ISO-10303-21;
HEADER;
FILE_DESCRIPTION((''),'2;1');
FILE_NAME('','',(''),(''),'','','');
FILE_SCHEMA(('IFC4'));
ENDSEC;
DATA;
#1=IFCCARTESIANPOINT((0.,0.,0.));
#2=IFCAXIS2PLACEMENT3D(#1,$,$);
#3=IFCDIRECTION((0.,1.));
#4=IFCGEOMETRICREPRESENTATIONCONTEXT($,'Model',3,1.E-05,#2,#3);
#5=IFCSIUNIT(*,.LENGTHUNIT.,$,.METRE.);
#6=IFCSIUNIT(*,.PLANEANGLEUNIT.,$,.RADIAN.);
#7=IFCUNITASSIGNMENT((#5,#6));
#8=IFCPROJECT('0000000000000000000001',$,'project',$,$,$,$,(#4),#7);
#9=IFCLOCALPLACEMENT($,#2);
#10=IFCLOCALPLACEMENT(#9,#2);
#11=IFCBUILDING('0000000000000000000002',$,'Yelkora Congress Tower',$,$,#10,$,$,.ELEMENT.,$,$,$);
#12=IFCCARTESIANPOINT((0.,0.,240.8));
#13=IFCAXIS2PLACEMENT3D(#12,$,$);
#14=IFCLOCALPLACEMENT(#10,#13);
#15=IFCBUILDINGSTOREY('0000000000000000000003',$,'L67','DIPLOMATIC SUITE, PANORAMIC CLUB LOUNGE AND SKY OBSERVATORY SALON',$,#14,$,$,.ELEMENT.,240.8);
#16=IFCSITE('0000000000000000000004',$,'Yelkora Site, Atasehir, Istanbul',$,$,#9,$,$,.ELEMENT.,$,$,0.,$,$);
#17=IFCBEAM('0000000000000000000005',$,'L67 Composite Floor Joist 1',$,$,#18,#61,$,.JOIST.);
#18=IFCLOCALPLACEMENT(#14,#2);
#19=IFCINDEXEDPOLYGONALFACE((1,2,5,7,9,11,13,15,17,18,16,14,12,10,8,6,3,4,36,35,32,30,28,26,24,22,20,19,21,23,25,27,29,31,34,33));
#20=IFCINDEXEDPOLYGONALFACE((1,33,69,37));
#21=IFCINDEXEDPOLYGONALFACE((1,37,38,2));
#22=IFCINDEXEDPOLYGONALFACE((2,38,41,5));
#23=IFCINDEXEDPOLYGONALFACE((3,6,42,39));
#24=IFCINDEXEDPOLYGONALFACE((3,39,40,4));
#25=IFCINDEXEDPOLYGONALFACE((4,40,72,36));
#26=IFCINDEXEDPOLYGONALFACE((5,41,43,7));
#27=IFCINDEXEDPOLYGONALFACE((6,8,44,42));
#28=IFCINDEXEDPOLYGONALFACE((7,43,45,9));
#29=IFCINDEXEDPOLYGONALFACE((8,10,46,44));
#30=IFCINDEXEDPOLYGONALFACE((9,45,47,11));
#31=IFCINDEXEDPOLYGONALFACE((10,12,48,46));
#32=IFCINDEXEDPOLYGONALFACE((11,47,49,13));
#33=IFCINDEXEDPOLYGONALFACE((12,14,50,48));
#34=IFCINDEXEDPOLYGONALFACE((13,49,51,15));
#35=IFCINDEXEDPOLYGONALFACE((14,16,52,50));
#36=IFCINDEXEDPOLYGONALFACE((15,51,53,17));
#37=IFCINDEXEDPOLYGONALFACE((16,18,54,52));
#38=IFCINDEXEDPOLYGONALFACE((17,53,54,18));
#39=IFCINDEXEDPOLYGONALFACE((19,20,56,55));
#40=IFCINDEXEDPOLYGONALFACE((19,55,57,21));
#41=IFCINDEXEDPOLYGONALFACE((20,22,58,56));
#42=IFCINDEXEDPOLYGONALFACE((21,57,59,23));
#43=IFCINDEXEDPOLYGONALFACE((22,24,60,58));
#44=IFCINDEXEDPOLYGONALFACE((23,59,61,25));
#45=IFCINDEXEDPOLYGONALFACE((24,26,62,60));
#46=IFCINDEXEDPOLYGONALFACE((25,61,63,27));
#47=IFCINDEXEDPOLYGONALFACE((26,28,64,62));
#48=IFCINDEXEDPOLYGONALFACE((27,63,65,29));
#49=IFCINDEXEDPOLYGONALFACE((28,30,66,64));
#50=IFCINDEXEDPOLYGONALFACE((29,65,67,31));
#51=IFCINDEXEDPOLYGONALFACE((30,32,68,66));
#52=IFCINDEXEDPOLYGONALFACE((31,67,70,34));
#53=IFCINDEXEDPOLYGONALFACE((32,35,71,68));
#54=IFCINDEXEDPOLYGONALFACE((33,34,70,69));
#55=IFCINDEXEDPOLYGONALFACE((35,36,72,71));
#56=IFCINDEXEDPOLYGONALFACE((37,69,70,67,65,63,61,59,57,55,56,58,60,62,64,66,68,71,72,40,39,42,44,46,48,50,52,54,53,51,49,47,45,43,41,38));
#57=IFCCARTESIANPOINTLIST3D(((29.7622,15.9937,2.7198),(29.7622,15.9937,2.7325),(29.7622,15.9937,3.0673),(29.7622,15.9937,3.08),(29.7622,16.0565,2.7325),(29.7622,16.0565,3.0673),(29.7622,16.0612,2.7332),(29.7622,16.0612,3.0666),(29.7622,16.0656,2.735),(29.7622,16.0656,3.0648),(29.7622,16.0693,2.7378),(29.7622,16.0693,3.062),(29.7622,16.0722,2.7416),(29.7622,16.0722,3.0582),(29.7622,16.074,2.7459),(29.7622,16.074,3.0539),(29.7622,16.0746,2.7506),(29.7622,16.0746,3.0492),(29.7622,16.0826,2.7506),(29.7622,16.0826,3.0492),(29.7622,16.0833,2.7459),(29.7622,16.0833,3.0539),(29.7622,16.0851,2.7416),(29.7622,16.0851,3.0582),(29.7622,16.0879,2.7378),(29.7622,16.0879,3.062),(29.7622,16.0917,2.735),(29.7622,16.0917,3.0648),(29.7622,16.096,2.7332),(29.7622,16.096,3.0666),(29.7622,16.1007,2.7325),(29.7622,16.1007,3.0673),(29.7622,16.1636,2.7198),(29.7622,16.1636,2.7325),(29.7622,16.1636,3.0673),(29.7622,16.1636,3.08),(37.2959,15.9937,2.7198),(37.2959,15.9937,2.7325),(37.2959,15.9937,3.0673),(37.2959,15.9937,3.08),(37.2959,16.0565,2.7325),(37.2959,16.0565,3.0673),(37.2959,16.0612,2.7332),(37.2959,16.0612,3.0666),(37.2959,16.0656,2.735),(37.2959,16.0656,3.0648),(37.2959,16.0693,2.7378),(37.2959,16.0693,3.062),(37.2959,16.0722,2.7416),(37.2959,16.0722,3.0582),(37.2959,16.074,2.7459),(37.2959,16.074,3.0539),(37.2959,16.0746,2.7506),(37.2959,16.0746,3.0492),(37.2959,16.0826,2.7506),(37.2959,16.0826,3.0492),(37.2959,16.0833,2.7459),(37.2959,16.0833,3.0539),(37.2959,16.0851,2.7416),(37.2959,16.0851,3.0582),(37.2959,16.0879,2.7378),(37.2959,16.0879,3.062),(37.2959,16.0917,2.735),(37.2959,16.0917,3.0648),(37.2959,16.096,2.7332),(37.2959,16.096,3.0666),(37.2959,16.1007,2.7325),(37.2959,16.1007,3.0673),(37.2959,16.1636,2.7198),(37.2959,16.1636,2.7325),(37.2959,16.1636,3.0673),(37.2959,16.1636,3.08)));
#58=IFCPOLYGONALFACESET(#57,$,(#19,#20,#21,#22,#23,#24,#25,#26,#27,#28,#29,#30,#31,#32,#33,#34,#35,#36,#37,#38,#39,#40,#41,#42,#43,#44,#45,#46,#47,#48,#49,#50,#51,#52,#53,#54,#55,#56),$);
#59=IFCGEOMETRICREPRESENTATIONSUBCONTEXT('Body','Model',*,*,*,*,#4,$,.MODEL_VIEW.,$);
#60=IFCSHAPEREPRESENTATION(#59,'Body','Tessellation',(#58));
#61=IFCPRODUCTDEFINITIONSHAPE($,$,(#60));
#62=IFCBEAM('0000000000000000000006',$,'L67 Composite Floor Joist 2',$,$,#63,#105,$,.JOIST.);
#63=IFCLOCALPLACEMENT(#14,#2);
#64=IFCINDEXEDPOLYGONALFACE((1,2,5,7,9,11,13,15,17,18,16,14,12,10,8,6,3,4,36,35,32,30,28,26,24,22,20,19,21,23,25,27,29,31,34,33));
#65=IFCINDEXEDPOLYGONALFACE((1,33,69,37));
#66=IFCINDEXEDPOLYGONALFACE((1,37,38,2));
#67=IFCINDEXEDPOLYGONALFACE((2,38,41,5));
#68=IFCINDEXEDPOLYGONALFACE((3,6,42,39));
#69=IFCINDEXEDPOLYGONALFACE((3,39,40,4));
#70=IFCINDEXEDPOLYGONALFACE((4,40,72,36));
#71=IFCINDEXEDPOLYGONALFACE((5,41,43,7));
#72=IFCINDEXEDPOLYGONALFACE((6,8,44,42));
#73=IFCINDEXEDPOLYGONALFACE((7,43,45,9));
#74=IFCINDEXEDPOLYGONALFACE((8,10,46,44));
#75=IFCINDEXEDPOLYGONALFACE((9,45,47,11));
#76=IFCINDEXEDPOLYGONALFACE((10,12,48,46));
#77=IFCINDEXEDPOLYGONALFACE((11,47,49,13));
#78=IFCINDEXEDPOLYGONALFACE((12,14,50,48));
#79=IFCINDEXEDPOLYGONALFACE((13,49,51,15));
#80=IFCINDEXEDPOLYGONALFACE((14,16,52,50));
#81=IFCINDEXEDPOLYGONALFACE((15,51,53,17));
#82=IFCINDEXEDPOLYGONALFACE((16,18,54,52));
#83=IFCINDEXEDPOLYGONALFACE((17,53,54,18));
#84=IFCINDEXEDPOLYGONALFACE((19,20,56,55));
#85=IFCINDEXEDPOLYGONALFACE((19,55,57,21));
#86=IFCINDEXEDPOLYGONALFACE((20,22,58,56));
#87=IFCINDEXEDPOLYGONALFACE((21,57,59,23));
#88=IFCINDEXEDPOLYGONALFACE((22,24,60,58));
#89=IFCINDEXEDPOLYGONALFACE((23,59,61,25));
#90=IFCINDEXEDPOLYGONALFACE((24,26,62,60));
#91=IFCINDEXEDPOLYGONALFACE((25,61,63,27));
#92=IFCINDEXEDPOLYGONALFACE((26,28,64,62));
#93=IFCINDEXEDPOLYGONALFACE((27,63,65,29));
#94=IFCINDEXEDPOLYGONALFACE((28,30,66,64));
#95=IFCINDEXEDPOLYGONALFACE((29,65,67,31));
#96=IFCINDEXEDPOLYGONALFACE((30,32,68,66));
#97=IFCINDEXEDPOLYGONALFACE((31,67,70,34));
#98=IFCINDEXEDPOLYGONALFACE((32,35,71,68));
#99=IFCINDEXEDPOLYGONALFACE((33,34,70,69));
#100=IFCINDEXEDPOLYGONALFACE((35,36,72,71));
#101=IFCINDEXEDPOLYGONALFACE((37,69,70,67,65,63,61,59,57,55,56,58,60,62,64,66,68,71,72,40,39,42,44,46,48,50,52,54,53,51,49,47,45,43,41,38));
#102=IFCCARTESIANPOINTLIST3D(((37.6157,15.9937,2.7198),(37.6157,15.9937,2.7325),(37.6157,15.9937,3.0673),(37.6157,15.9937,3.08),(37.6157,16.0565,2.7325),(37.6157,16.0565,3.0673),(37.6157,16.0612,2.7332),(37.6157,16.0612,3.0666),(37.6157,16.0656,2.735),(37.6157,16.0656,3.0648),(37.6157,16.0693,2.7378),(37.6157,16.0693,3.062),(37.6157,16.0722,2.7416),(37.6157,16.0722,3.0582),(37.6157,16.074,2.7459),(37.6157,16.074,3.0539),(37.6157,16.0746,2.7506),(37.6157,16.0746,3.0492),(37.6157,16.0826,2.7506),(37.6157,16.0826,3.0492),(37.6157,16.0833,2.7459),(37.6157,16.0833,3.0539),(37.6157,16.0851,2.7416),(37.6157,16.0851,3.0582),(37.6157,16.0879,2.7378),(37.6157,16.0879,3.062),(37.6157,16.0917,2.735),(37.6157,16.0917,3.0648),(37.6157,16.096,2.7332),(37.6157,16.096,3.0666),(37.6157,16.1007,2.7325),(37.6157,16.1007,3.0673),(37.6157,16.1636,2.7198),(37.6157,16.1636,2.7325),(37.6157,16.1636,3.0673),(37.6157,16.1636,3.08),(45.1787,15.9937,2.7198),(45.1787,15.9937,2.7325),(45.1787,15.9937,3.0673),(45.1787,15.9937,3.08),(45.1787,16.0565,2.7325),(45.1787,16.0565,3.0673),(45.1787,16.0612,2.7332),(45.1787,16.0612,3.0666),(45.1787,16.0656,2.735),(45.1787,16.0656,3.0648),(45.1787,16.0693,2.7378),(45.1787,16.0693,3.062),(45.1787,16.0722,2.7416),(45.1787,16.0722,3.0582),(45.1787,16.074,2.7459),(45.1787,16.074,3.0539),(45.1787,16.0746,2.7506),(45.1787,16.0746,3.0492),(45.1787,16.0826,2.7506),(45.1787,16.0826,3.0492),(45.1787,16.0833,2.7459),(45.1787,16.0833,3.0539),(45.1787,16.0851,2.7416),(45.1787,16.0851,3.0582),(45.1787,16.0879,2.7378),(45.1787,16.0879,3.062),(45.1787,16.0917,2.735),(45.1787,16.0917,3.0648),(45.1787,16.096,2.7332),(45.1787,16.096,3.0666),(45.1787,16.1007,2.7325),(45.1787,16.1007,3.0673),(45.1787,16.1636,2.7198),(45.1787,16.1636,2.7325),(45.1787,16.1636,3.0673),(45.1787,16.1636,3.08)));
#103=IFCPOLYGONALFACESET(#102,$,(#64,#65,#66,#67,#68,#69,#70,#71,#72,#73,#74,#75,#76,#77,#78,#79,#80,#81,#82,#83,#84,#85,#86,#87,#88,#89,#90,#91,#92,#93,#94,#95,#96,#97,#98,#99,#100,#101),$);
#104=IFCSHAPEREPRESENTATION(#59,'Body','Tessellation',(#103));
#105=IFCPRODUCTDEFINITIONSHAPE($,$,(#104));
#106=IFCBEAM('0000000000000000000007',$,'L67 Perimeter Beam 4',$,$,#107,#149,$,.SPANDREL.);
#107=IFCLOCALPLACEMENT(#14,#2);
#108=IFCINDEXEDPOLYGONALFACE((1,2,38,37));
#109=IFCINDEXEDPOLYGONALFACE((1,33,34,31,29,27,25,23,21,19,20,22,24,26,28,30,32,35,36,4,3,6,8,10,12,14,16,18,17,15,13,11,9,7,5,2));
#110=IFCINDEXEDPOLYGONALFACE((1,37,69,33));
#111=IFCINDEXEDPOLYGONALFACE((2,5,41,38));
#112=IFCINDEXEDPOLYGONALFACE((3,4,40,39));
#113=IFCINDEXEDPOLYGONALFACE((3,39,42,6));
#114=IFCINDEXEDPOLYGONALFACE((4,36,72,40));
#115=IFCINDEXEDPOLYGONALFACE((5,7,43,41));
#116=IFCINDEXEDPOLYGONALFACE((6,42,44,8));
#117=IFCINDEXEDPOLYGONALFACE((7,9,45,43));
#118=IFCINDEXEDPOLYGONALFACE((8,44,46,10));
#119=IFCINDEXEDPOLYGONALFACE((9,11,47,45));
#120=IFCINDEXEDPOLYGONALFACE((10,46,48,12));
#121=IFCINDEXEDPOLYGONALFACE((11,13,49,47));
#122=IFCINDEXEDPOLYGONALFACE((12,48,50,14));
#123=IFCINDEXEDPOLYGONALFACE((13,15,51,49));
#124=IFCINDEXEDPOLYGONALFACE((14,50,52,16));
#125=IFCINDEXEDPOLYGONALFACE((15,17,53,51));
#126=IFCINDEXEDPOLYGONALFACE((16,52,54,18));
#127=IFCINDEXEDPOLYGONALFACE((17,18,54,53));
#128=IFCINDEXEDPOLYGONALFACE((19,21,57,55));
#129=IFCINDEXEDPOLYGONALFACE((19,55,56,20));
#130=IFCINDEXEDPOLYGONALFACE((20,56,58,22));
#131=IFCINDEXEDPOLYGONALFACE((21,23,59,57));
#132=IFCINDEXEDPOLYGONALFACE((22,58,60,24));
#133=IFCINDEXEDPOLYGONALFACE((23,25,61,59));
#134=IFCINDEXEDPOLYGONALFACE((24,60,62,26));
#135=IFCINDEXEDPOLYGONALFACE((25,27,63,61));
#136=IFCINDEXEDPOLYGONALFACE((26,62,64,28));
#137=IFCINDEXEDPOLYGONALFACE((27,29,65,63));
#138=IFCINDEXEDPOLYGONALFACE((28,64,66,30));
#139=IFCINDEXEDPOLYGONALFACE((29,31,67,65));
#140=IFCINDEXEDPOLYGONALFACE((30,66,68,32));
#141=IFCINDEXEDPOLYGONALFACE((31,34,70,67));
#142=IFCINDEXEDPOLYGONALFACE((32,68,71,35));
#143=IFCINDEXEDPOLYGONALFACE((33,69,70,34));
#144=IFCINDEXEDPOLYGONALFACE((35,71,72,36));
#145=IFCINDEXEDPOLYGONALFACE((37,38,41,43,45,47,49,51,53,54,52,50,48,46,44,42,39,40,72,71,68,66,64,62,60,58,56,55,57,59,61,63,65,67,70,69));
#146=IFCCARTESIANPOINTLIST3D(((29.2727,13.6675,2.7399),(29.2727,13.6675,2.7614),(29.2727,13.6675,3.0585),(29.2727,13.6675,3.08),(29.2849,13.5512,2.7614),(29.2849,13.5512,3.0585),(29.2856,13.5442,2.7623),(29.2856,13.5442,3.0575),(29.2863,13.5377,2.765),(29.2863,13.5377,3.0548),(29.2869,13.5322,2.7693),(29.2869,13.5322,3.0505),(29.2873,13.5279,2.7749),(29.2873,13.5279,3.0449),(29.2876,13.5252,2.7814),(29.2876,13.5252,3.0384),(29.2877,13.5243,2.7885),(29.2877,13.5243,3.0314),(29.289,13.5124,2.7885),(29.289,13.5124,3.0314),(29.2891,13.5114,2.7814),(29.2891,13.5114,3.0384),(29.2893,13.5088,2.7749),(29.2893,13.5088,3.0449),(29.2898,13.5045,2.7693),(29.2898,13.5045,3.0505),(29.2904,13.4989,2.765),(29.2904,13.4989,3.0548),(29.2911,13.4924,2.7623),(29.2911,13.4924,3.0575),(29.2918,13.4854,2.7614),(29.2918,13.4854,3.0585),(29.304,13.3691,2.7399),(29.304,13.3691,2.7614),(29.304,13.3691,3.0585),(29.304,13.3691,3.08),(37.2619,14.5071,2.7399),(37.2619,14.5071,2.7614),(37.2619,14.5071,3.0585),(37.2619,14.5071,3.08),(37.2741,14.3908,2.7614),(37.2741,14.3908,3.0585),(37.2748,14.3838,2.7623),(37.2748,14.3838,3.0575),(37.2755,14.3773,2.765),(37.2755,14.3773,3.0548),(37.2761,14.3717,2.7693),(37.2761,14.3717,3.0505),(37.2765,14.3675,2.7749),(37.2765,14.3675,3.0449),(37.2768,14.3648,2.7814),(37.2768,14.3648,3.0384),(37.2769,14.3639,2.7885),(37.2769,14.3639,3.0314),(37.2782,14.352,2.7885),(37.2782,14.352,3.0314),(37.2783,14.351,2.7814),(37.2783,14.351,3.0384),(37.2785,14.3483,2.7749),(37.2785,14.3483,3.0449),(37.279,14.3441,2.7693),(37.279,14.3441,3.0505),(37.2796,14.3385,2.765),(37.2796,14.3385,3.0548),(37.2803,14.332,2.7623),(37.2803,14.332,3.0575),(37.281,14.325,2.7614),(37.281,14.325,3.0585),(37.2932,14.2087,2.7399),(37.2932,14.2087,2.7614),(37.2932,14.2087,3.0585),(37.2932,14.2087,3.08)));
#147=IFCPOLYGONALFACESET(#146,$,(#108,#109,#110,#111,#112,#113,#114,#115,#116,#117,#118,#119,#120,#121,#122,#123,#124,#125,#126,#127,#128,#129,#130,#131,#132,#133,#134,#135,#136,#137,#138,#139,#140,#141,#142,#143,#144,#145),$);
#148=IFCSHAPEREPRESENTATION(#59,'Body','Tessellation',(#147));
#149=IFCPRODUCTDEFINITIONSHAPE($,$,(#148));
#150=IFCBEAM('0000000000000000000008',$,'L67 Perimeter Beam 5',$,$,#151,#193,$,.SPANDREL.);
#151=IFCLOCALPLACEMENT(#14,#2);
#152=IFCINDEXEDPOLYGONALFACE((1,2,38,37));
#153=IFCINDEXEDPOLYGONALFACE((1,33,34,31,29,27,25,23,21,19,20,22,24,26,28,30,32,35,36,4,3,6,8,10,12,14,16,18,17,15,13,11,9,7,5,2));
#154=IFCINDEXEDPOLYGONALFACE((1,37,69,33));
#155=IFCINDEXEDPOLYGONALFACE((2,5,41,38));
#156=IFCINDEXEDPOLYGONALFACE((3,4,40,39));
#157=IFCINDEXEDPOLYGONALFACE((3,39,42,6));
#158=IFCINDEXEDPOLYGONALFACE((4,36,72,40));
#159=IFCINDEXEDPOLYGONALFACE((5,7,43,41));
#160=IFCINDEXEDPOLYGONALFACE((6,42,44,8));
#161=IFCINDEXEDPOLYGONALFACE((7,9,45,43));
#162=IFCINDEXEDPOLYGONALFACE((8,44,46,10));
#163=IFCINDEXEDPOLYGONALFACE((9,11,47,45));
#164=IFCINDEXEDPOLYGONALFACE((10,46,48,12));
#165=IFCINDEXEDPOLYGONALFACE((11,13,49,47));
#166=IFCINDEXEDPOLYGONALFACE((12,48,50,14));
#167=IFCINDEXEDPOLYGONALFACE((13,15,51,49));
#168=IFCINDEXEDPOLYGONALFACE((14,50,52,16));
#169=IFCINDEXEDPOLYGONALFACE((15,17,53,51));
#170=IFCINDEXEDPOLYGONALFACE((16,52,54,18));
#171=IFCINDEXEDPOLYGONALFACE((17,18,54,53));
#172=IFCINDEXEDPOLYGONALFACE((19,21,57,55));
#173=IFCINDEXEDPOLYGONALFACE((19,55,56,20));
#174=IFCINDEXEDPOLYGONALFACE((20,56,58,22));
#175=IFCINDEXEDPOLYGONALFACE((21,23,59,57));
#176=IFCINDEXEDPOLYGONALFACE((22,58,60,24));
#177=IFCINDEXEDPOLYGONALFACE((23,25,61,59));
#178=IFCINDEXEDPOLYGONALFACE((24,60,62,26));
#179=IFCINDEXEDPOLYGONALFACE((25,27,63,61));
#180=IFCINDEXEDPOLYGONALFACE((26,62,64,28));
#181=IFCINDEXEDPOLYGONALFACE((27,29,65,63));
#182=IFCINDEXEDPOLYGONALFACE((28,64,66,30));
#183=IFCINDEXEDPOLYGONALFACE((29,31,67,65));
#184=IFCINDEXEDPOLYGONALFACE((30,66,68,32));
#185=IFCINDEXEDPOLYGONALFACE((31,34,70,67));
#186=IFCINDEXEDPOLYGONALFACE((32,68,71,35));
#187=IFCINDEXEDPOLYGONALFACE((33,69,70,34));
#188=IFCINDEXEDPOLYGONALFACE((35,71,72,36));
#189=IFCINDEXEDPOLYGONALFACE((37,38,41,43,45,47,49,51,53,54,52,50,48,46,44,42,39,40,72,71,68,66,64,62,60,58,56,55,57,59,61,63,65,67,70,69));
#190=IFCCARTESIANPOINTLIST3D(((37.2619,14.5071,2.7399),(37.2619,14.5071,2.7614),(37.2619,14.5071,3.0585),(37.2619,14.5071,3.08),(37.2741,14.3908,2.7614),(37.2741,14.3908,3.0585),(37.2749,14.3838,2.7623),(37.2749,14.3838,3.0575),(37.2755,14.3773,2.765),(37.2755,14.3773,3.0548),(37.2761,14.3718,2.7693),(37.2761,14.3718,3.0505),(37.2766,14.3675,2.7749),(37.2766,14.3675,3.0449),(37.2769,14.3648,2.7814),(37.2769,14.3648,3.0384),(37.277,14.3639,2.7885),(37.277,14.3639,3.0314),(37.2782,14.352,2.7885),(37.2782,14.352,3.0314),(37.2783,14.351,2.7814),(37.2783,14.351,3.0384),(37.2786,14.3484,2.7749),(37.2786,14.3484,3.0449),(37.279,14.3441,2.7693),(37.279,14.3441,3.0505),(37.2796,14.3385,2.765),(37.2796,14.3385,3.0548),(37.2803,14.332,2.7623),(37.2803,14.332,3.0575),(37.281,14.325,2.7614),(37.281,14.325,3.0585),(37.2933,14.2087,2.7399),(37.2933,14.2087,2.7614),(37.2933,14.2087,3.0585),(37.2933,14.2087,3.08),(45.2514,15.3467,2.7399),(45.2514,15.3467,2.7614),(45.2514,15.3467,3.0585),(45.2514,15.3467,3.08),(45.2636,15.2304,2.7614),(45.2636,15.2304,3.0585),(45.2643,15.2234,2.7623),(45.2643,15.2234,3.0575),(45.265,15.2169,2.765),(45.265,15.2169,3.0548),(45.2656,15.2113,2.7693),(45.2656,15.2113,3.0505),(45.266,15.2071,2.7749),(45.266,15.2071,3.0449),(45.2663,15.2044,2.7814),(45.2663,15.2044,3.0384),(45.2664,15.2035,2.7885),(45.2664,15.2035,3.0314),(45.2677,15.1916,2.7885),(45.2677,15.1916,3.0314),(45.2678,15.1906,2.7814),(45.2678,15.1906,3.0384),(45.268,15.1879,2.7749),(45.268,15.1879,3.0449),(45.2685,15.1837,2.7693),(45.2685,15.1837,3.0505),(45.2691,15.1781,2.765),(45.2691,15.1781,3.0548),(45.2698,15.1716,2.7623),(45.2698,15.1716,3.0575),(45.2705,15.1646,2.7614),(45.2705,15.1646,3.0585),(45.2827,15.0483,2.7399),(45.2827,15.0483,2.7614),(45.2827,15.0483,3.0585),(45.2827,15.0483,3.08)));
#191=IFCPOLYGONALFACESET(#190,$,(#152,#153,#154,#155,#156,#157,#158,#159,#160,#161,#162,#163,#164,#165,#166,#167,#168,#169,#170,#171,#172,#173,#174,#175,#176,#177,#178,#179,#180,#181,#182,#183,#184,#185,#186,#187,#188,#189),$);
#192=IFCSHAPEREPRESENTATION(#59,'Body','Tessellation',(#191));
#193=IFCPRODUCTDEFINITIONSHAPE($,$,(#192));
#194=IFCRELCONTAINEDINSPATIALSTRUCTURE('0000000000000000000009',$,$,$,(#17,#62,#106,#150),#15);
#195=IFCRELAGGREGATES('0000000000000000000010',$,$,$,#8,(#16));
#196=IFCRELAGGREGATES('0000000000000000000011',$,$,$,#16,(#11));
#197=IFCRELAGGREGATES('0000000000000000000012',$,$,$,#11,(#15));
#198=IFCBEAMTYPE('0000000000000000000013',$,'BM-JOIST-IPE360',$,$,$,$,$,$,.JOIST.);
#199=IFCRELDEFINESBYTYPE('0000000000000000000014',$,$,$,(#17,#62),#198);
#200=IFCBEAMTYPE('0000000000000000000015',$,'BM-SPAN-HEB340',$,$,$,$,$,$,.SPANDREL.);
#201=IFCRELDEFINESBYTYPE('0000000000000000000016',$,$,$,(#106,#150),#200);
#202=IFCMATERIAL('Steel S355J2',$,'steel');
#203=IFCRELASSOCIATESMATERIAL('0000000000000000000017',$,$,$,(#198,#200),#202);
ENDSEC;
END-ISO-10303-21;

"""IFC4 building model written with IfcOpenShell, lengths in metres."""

from ifc_helpers import new_model, si_unit, direction, frame, origin, origin_2d, place, context, subcontext, project, spatial, i_section, extrude, material, material_profile, profile_set, type_object, element, save


model = new_model("IFC4")

# Units and contexts
model_context = context("Model", 3, precision=1e-05, world=origin(), true_north=direction((0.0, 1.0)))
body_context = subcontext(model_context, "Body", "Model", "MODEL_VIEW")
ifc_project = project(units=[si_unit("LENGTHUNIT", "METRE"), si_unit("PLANEANGLEUNIT", "RADIAN")], contexts=[model_context])

# Site, building, storey
site_placement = place(None, origin())
site = spatial("IfcSite", under=ifc_project, at=site_placement, Name="Yelkora Site, Atasehir, Istanbul", CompositionType="ELEMENT", RefElevation=0.0)
building_placement = place(site_placement, origin())
building = spatial("IfcBuilding", under=site, at=building_placement, Name="Yelkora Congress Tower", CompositionType="ELEMENT")
storey_placement = place(building_placement, frame((0.0, 0.0, 240.8)))
storey = spatial("IfcBuildingStorey", under=building, at=storey_placement, Name="L67", Description="DIPLOMATIC SUITE, PANORAMIC CLUB LOUNGE AND SKY OBSERVATORY SALON", CompositionType="ELEMENT", Elevation=240.8)

# Shared definitions
ifc_material_1 = material(Name="Steel S355J2", Category="steel")

# Beams
ifc_material_profile_1 = material_profile(ifc_material_1, i_section(OverallWidth=0.1699, OverallDepth=0.3601, WebThickness=0.0081, FlangeThickness=0.0127, FilletRadius=0.0181, at=origin_2d()), Name="IPE 360")
ifc_profile_set_1 = profile_set([ifc_material_profile_1], Name="Steel S355J2")
beam_type_1 = type_object("IfcBeamType", Name="BM-JOIST-IPE360", PredefinedType="JOIST", material=ifc_profile_set_1)
beam_1_placement = place(storey_placement, frame((29.7622, 16.0786, 2.8999), z_axis=(1.0, 0.0, 0.0), x_axis=(0.0, 1.0, 0.0)))
element("IfcBeam", 1, at=beam_1_placement, inside=storey, type_object=beam_type_1, Name="L67 Composite Floor Joist 1", PredefinedType="JOIST", context=body_context, shape_type="SweptSolid", body=[
    extrude(i_section(OverallWidth=0.1699, OverallDepth=0.3601, WebThickness=0.0081, FlangeThickness=0.0127, FilletRadius=0.0181, at=origin_2d()), origin(), (0.0, 0.0, 1.0), 7.5337),
])
beam_2_placement = place(storey_placement, frame((37.6157, 16.0786, 2.8999), z_axis=(1.0, 0.0, 0.0), x_axis=(0.0, 1.0, 0.0)))
element("IfcBeam", 2, at=beam_2_placement, inside=storey, type_object=beam_type_1, Name="L67 Composite Floor Joist 2", PredefinedType="JOIST", context=body_context, shape_type="SweptSolid", body=[
    extrude(i_section(OverallWidth=0.1699, OverallDepth=0.3601, WebThickness=0.0081, FlangeThickness=0.0127, FilletRadius=0.0181, at=origin_2d()), origin(), (0.0, 0.0, 1.0), 7.563),
])
ifc_material_profile_2 = material_profile(ifc_material_1, i_section(OverallWidth=0.3, OverallDepth=0.3401, WebThickness=0.012, FlangeThickness=0.0215, FilletRadius=0.0271, at=origin_2d()), Name="HEB 340")
ifc_profile_set_2 = profile_set([ifc_material_profile_2], Name="Steel S355J2")
beam_type_2 = type_object("IfcBeamType", Name="BM-SPAN-HEB340", PredefinedType="SPANDREL", material=ifc_profile_set_2)
beam_3_placement = place(storey_placement, frame((29.2883, 13.5183, 2.9099), z_axis=(0.994523, 0.104516, 0.0), x_axis=(-0.104516, 0.994523, 0.0)))
element("IfcBeam", 3, at=beam_3_placement, inside=storey, type_object=beam_type_2, Name="L67 Perimeter Beam 4", PredefinedType="SPANDREL", context=body_context, shape_type="SweptSolid", body=[
    extrude(i_section(OverallWidth=0.3, OverallDepth=0.3401, WebThickness=0.012, FlangeThickness=0.0215, FilletRadius=0.0271, at=origin_2d()), origin(), (0.0, 0.0, 1.0), 8.0332),
])
beam_4_placement = place(storey_placement, frame((37.2776, 14.3579, 2.9099), z_axis=(0.994524, 0.104512, 0.0), x_axis=(-0.104512, 0.994524, 0.0)))
element("IfcBeam", 4, at=beam_4_placement, inside=storey, type_object=beam_type_2, Name="L67 Perimeter Beam 5", PredefinedType="SPANDREL", context=body_context, shape_type="SweptSolid", body=[
    extrude(i_section(OverallWidth=0.3, OverallDepth=0.3401, WebThickness=0.012, FlangeThickness=0.0215, FilletRadius=0.0271, at=origin_2d()), origin(), (0.0, 0.0, 1.0), 8.0334),
])

save(model, "model.ifc")
